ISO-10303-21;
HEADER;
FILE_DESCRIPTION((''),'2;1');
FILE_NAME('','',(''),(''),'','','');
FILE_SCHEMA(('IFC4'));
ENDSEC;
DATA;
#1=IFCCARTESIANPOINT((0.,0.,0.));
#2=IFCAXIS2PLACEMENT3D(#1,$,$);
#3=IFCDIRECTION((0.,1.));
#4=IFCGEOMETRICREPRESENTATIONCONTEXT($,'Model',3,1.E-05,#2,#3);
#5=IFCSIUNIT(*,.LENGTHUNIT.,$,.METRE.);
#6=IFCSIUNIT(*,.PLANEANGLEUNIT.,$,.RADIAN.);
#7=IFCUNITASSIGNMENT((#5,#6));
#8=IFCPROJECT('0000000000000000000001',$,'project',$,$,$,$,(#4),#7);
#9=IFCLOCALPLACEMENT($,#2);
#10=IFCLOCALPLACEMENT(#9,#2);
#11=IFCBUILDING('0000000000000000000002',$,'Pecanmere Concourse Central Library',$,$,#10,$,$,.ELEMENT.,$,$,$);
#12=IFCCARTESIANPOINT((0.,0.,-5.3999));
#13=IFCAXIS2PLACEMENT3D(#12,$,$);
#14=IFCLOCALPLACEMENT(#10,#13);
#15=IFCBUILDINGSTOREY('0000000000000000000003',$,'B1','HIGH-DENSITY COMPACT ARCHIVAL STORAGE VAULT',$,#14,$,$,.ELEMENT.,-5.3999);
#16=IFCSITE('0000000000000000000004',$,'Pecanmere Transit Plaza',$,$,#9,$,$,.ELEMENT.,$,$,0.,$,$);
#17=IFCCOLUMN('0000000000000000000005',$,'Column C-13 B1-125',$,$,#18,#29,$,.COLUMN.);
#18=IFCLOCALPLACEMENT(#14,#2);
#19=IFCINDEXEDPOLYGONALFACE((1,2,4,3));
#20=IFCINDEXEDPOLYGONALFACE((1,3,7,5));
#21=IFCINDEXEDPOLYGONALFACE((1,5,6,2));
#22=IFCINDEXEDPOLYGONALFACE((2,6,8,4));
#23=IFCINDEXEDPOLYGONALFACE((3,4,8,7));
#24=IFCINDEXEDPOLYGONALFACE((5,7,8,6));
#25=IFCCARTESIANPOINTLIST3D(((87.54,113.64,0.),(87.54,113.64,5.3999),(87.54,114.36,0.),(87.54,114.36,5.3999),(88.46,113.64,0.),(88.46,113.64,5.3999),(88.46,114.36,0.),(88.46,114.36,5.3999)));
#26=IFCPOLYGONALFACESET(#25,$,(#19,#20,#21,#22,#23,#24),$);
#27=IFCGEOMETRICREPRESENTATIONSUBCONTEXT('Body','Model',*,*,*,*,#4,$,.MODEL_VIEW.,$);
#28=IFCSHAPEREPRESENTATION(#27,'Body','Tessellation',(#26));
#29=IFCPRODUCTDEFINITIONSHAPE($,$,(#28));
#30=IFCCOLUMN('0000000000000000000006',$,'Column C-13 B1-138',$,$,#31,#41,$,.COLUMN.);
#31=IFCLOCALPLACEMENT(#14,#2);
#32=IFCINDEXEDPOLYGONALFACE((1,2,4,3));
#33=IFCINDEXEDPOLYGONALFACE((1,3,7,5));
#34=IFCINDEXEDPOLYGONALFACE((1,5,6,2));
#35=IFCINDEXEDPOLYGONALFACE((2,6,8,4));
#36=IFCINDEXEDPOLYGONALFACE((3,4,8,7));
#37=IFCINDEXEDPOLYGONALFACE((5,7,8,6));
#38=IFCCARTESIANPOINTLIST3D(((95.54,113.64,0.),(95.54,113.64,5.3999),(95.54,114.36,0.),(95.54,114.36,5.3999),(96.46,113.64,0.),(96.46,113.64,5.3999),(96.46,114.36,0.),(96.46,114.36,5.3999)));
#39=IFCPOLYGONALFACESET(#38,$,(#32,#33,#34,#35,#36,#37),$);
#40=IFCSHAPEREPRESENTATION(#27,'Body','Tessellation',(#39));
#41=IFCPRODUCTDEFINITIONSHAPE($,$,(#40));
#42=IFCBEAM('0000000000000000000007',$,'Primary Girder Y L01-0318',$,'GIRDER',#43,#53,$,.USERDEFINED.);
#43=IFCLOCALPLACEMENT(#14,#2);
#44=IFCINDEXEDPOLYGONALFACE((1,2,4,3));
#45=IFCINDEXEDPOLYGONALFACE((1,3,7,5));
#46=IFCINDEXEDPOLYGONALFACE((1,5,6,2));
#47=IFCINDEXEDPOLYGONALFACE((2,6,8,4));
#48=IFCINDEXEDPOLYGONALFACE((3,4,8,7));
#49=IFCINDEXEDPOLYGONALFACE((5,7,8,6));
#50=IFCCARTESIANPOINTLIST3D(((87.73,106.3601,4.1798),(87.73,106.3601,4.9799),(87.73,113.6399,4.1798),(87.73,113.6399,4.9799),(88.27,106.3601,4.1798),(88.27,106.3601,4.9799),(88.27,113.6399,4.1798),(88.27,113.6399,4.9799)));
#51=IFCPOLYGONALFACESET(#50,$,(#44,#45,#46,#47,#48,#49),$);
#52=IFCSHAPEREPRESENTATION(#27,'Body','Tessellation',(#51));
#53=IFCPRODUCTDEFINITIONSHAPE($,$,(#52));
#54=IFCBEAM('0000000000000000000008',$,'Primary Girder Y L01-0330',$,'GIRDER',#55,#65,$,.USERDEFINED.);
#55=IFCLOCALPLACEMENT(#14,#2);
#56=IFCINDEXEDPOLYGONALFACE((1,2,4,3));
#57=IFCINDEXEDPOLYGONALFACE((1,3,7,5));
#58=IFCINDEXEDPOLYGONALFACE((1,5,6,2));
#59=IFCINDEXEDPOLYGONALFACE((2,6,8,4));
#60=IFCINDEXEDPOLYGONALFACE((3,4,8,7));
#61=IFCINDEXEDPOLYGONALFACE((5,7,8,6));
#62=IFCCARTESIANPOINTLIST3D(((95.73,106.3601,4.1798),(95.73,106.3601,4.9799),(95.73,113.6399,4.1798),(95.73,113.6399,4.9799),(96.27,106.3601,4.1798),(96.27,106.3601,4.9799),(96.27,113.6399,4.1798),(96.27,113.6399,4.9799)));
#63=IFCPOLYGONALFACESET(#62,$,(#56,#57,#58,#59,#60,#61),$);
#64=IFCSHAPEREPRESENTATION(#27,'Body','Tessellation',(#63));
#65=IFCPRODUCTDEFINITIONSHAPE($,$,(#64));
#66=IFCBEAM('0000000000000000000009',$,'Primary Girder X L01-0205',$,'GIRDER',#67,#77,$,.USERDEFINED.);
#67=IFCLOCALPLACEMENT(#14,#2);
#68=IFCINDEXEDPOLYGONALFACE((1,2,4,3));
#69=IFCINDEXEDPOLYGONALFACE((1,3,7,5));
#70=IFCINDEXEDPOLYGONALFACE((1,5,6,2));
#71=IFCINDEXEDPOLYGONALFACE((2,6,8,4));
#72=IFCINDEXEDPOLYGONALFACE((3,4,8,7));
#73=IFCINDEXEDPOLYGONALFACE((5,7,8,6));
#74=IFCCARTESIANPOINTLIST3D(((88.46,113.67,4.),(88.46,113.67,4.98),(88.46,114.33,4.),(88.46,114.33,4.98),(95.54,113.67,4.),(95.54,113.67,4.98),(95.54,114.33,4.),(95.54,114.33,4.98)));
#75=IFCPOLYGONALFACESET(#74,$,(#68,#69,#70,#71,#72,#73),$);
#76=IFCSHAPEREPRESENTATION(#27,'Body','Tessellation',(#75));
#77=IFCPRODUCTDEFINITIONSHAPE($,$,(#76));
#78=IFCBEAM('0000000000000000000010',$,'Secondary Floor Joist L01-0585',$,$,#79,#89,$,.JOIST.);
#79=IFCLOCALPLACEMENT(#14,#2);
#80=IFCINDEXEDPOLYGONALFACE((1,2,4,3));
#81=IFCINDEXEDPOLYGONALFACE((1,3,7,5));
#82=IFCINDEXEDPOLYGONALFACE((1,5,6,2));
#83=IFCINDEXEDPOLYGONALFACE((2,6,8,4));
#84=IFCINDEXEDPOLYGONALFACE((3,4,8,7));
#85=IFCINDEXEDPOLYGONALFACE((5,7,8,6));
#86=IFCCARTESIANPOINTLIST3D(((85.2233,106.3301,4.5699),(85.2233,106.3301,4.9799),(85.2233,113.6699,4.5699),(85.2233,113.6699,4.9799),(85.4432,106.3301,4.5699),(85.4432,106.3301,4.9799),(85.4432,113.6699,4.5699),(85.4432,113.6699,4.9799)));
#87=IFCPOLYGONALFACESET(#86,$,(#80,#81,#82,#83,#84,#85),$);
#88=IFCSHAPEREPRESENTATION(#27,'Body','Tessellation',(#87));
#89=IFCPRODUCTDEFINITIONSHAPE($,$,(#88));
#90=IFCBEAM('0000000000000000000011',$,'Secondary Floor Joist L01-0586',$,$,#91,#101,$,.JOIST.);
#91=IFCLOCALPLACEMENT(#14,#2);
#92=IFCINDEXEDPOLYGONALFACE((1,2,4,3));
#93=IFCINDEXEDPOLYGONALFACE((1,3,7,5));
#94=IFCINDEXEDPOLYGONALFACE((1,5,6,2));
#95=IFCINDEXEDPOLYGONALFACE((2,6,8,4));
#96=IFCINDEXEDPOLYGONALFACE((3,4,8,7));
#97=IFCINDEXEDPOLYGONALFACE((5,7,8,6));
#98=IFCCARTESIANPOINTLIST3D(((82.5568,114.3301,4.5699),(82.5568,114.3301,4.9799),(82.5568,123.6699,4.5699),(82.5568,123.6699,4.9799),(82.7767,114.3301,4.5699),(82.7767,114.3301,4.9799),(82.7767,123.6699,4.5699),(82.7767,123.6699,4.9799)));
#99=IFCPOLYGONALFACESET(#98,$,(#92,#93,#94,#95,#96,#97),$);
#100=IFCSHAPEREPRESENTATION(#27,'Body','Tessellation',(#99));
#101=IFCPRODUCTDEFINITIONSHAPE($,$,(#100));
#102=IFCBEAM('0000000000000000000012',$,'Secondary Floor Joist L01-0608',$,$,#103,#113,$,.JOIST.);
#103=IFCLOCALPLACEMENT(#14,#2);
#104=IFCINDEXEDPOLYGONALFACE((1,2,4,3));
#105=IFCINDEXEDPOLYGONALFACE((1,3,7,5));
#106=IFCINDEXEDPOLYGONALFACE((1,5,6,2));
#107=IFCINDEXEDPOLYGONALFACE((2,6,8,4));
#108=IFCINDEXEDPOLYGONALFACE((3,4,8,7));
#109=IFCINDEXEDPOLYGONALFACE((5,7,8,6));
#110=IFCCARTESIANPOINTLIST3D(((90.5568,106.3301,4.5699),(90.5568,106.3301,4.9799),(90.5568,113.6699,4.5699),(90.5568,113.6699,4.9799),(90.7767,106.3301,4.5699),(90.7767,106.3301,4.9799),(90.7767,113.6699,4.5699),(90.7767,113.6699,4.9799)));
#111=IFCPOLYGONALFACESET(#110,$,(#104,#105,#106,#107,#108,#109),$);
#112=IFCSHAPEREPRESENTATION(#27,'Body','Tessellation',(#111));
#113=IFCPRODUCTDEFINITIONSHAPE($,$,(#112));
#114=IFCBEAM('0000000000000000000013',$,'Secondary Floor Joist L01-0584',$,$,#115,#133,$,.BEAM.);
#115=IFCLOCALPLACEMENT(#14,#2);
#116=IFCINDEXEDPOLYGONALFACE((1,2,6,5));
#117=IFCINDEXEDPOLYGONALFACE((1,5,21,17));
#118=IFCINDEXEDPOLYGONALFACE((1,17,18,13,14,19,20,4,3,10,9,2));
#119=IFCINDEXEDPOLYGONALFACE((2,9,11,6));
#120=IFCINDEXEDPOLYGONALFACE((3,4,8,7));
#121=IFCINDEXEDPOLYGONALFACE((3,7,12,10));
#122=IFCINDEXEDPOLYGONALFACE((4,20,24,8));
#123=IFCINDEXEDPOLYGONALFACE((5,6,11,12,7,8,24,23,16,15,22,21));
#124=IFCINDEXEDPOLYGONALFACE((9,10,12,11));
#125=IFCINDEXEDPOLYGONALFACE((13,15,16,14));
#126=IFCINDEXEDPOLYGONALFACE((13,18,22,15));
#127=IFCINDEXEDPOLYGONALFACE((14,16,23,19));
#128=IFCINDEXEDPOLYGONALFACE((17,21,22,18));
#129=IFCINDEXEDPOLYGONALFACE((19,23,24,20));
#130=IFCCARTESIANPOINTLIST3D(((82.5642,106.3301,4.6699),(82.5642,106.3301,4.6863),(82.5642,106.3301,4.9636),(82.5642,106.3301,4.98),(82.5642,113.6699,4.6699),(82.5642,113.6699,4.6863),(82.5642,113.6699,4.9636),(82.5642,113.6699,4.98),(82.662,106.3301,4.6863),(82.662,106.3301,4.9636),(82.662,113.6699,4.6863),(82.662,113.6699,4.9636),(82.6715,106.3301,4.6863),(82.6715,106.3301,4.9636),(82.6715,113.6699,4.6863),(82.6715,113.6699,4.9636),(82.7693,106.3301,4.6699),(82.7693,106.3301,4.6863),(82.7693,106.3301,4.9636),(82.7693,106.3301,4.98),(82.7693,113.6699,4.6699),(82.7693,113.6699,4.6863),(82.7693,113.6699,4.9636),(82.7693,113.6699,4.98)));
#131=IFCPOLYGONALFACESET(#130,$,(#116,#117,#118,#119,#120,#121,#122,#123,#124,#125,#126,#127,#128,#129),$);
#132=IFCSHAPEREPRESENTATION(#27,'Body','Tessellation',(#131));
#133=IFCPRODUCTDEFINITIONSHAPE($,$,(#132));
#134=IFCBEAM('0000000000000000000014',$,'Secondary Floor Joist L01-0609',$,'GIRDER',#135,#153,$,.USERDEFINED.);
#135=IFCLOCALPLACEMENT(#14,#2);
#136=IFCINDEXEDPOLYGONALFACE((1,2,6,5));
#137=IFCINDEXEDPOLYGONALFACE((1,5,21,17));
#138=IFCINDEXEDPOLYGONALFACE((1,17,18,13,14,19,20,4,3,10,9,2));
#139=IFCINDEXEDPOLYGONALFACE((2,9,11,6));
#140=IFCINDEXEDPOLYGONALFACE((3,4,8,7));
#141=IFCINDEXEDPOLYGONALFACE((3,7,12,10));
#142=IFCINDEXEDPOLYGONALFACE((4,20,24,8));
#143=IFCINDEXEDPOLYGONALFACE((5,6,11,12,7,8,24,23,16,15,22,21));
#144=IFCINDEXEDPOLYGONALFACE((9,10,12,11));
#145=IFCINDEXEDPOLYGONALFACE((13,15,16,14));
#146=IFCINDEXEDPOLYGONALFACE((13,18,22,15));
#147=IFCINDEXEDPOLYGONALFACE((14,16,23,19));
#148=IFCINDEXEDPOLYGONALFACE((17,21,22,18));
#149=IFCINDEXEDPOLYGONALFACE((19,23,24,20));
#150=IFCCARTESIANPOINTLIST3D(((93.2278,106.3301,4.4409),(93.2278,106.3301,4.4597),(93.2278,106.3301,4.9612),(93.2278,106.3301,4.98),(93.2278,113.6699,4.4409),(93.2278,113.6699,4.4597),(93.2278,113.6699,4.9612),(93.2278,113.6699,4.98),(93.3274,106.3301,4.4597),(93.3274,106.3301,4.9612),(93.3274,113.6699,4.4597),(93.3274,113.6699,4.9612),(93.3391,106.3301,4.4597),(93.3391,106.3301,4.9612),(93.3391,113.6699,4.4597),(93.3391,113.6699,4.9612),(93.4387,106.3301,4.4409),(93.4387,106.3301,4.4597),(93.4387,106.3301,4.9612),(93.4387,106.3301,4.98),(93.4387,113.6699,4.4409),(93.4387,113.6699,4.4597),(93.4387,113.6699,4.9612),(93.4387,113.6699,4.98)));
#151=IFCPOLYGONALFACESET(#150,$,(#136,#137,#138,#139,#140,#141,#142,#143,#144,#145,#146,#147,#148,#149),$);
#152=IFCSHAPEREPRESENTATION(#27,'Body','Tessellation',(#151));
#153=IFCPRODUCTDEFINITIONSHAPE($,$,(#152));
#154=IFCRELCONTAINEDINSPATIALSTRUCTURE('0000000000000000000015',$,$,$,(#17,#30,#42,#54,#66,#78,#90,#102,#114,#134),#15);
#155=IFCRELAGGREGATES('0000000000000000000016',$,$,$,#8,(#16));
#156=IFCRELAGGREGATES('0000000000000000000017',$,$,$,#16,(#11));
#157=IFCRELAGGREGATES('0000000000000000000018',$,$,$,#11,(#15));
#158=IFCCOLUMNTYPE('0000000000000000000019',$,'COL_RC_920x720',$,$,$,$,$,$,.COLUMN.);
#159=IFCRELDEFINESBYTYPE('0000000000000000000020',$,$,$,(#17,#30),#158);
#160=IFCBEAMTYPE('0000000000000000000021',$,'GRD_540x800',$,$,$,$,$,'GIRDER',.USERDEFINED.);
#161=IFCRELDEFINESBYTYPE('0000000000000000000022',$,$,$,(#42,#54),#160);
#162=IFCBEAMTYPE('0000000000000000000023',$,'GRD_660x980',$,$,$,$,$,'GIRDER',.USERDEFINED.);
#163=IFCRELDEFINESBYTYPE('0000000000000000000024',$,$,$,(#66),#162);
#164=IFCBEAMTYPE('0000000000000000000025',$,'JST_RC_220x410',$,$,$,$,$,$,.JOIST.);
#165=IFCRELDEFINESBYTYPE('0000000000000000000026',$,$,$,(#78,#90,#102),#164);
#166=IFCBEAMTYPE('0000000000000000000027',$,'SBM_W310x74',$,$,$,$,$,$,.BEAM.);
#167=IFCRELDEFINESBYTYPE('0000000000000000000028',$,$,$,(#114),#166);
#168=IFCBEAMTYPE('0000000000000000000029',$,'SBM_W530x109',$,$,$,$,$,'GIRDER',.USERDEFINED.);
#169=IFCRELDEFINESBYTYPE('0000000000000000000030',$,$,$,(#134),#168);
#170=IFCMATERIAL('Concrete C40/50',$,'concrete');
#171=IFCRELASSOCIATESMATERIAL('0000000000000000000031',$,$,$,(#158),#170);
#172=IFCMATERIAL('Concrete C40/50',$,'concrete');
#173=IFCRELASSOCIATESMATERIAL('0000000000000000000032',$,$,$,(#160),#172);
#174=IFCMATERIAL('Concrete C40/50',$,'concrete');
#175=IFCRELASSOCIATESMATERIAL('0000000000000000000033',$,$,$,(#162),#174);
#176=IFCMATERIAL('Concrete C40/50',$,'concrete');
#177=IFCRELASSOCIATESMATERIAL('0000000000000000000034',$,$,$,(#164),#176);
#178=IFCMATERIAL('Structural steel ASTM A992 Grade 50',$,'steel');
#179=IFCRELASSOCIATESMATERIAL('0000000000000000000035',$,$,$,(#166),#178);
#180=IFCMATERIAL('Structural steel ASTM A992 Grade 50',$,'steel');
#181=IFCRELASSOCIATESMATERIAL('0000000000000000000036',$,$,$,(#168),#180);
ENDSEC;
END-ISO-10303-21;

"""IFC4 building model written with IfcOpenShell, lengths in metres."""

from ifc_helpers import new_model, si_unit, direction, frame, origin, origin_2d, place, context, subcontext, project, spatial, rectangle, i_section, extrude, material, material_profile, profile_set, type_object, element, save


model = new_model("IFC4")

# Units and contexts
model_context = context("Model", 3, precision=1e-05, world=origin(), true_north=direction((0.0, 1.0)))
body_context = subcontext(model_context, "Body", "Model", "MODEL_VIEW")
ifc_project = project(units=[si_unit("LENGTHUNIT", "METRE"), si_unit("PLANEANGLEUNIT", "RADIAN")], contexts=[model_context])

# Site, building, storey
site_placement = place(None, origin())
site = spatial("IfcSite", under=ifc_project, at=site_placement, Name="Pecanmere Transit Plaza", CompositionType="ELEMENT", RefElevation=0.0)
building_placement = place(site_placement, origin())
building = spatial("IfcBuilding", under=site, at=building_placement, Name="Pecanmere Concourse Central Library", CompositionType="ELEMENT")
storey_placement = place(building_placement, frame((0.0, 0.0, -5.3999)))
storey = spatial("IfcBuildingStorey", under=building, at=storey_placement, Name="B1", Description="HIGH-DENSITY COMPACT ARCHIVAL STORAGE VAULT", CompositionType="ELEMENT", Elevation=-5.3999)

# Columns
ifc_material_1 = material(Name="Concrete C40/50", Category="concrete")
ifc_material_profile_1 = material_profile(ifc_material_1, rectangle(XDim=0.9199, YDim=0.72, at=origin_2d()), Name="RC 920x720")
ifc_profile_set_1 = profile_set([ifc_material_profile_1], Name="Concrete C40/50")
column_type = type_object("IfcColumnType", Name="COL_RC_920x720", PredefinedType="COLUMN", material=ifc_profile_set_1)
for number, where, z_axis, x_axis, name in (
    (1, (88.0, 114.0, 0.0), (0.0, 0.0, 1.0), (1.0, 0.0, 0.0), "Column C-13 B1-125"),
    (2, (96.0, 114.0, 0.0), (0.0, 0.0, 1.0), (1.0, 0.0, 0.0), "Column C-13 B1-138"),
):
    element("IfcColumn", number, at=place(storey_placement, frame(where, z_axis=z_axis, x_axis=x_axis)), inside=storey, type_object=column_type, Name=name, PredefinedType="COLUMN", context=body_context, shape_type="SweptSolid", body=[
        extrude(rectangle(XDim=0.9199, YDim=0.72, at=origin_2d()), origin(), (0.0, 0.0, 1.0), 5.3999),
    ])

# Beams
ifc_material_2 = material(Name="Concrete C40/50", Category="concrete")
ifc_material_profile_2 = material_profile(ifc_material_2, rectangle(XDim=0.54, YDim=0.8, at=origin_2d()), Name="RC 540x800")
ifc_profile_set_2 = profile_set([ifc_material_profile_2], Name="Concrete C40/50")
beam_type_1 = type_object("IfcBeamType", Name="GRD_540x800", ElementType="GIRDER", PredefinedType="USERDEFINED", material=ifc_profile_set_2)
for number, where, z_axis, x_axis, name in (
    (3, (88.0, 106.3601, 4.5798), (0.0, 1.0, 0.0), (-1.0, 0.0, 0.0), "Primary Girder Y L01-0318"),
    (4, (96.0, 106.3601, 4.5798), (0.0, 1.0, 0.0), (-1.0, 0.0, 0.0), "Primary Girder Y L01-0330"),
):
    element("IfcBeam", number, at=place(storey_placement, frame(where, z_axis=z_axis, x_axis=x_axis)), inside=storey, type_object=beam_type_1, Name=name, ObjectType="GIRDER", PredefinedType="USERDEFINED", context=body_context, shape_type="SweptSolid", body=[
        extrude(rectangle(XDim=0.54, YDim=0.8, at=origin_2d()), origin(), (0.0, 0.0, 1.0), 7.2798),
    ])
ifc_material_3 = material(Name="Concrete C40/50", Category="concrete")
ifc_material_profile_3 = material_profile(ifc_material_3, rectangle(XDim=0.6599, YDim=0.98, at=origin_2d()), Name="RC 660x980")
ifc_profile_set_3 = profile_set([ifc_material_profile_3], Name="Concrete C40/50")
beam_type_2 = type_object("IfcBeamType", Name="GRD_660x980", ElementType="GIRDER", PredefinedType="USERDEFINED", material=ifc_profile_set_3)
beam_1_placement = place(storey_placement, frame((88.46, 114.0, 4.49), z_axis=(1.0, 0.0, 0.0), x_axis=(0.0, 1.0, 0.0)))
element("IfcBeam", 5, at=beam_1_placement, inside=storey, type_object=beam_type_2, Name="Primary Girder X L01-0205", ObjectType="GIRDER", PredefinedType="USERDEFINED", context=body_context, shape_type="SweptSolid", body=[
    extrude(rectangle(XDim=0.6599, YDim=0.98, at=origin_2d()), origin(), (0.0, 0.0, 1.0), 7.0801),
])
ifc_material_4 = material(Name="Concrete C40/50", Category="concrete")
ifc_material_profile_4 = material_profile(ifc_material_4, rectangle(XDim=0.22, YDim=0.4099, at=origin_2d()), Name="RC 220x410")
ifc_profile_set_4 = profile_set([ifc_material_profile_4], Name="Concrete C40/50")
beam_type_3 = type_object("IfcBeamType", Name="JST_RC_220x410", PredefinedType="JOIST", material=ifc_profile_set_4)
beam_2_placement = place(storey_placement, frame((85.3333, 106.3301, 4.7749), z_axis=(0.0, 1.0, 0.0), x_axis=(-1.0, 0.0, 0.0)))
element("IfcBeam", 6, at=beam_2_placement, inside=storey, type_object=beam_type_3, Name="Secondary Floor Joist L01-0585", PredefinedType="JOIST", context=body_context, shape_type="SweptSolid", body=[
    extrude(rectangle(XDim=0.22, YDim=0.4099, at=origin_2d()), origin(), (0.0, 0.0, 1.0), 7.3398),
])
beam_3_placement = place(storey_placement, frame((82.6667, 114.3301, 4.7749), z_axis=(0.0, 1.0, 0.0), x_axis=(-1.0, 0.0, 0.0)))
element("IfcBeam", 7, at=beam_3_placement, inside=storey, type_object=beam_type_3, Name="Secondary Floor Joist L01-0586", PredefinedType="JOIST", context=body_context, shape_type="SweptSolid", body=[
    extrude(rectangle(XDim=0.22, YDim=0.4099, at=origin_2d()), origin(), (0.0, 0.0, 1.0), 9.3398),
])
beam_4_placement = place(storey_placement, frame((90.6667, 106.3301, 4.7749), z_axis=(0.0, 1.0, 0.0), x_axis=(-1.0, 0.0, 0.0)))
element("IfcBeam", 8, at=beam_4_placement, inside=storey, type_object=beam_type_3, Name="Secondary Floor Joist L01-0608", PredefinedType="JOIST", context=body_context, shape_type="SweptSolid", body=[
    extrude(rectangle(XDim=0.22, YDim=0.4099, at=origin_2d()), origin(), (0.0, 0.0, 1.0), 7.3398),
])
ifc_material_5 = material(Name="Structural steel ASTM A992 Grade 50", Category="steel")
ifc_material_profile_5 = material_profile(ifc_material_5, i_section(OverallWidth=0.2051, OverallDepth=0.3101, WebThickness=0.0095, FlangeThickness=0.0164, at=origin_2d()), Name="W310x74")
ifc_profile_set_5 = profile_set([ifc_material_profile_5], Name="Structural steel ASTM A992 Grade 50")
beam_type_4 = type_object("IfcBeamType", Name="SBM_W310x74", PredefinedType="BEAM", material=ifc_profile_set_5)
beam_5_placement = place(storey_placement, frame((82.6667, 106.3301, 4.825), z_axis=(0.0, 1.0, 0.0), x_axis=(-1.0, 0.0, 0.0)))
element("IfcBeam", 9, at=beam_5_placement, inside=storey, type_object=beam_type_4, Name="Secondary Floor Joist L01-0584", PredefinedType="BEAM", context=body_context, shape_type="SweptSolid", body=[
    extrude(i_section(OverallWidth=0.2051, OverallDepth=0.3101, WebThickness=0.0095, FlangeThickness=0.0164, at=origin_2d()), origin(), (0.0, 0.0, 1.0), 7.3398),
])
ifc_material_6 = material(Name="Structural steel ASTM A992 Grade 50", Category="steel")
ifc_material_profile_6 = material_profile(ifc_material_6, i_section(OverallWidth=0.2109, OverallDepth=0.5391, WebThickness=0.0117, FlangeThickness=0.0188, at=origin_2d()), Name="W530x109")
ifc_profile_set_6 = profile_set([ifc_material_profile_6], Name="Structural steel ASTM A992 Grade 50")
beam_type_5 = type_object("IfcBeamType", Name="SBM_W530x109", ElementType="GIRDER", PredefinedType="USERDEFINED", material=ifc_profile_set_6)
beam_6_placement = place(storey_placement, frame((93.3333, 106.3301, 4.7104), z_axis=(0.0, 1.0, 0.0), x_axis=(-1.0, 0.0, 0.0)))
element("IfcBeam", 10, at=beam_6_placement, inside=storey, type_object=beam_type_5, Name="Secondary Floor Joist L01-0609", ObjectType="GIRDER", PredefinedType="USERDEFINED", context=body_context, shape_type="SweptSolid", body=[
    extrude(i_section(OverallWidth=0.2109, OverallDepth=0.5391, WebThickness=0.0117, FlangeThickness=0.0188, at=origin_2d()), origin(), (0.0, 0.0, 1.0), 7.3398),
])

save(model, "model.ifc")
